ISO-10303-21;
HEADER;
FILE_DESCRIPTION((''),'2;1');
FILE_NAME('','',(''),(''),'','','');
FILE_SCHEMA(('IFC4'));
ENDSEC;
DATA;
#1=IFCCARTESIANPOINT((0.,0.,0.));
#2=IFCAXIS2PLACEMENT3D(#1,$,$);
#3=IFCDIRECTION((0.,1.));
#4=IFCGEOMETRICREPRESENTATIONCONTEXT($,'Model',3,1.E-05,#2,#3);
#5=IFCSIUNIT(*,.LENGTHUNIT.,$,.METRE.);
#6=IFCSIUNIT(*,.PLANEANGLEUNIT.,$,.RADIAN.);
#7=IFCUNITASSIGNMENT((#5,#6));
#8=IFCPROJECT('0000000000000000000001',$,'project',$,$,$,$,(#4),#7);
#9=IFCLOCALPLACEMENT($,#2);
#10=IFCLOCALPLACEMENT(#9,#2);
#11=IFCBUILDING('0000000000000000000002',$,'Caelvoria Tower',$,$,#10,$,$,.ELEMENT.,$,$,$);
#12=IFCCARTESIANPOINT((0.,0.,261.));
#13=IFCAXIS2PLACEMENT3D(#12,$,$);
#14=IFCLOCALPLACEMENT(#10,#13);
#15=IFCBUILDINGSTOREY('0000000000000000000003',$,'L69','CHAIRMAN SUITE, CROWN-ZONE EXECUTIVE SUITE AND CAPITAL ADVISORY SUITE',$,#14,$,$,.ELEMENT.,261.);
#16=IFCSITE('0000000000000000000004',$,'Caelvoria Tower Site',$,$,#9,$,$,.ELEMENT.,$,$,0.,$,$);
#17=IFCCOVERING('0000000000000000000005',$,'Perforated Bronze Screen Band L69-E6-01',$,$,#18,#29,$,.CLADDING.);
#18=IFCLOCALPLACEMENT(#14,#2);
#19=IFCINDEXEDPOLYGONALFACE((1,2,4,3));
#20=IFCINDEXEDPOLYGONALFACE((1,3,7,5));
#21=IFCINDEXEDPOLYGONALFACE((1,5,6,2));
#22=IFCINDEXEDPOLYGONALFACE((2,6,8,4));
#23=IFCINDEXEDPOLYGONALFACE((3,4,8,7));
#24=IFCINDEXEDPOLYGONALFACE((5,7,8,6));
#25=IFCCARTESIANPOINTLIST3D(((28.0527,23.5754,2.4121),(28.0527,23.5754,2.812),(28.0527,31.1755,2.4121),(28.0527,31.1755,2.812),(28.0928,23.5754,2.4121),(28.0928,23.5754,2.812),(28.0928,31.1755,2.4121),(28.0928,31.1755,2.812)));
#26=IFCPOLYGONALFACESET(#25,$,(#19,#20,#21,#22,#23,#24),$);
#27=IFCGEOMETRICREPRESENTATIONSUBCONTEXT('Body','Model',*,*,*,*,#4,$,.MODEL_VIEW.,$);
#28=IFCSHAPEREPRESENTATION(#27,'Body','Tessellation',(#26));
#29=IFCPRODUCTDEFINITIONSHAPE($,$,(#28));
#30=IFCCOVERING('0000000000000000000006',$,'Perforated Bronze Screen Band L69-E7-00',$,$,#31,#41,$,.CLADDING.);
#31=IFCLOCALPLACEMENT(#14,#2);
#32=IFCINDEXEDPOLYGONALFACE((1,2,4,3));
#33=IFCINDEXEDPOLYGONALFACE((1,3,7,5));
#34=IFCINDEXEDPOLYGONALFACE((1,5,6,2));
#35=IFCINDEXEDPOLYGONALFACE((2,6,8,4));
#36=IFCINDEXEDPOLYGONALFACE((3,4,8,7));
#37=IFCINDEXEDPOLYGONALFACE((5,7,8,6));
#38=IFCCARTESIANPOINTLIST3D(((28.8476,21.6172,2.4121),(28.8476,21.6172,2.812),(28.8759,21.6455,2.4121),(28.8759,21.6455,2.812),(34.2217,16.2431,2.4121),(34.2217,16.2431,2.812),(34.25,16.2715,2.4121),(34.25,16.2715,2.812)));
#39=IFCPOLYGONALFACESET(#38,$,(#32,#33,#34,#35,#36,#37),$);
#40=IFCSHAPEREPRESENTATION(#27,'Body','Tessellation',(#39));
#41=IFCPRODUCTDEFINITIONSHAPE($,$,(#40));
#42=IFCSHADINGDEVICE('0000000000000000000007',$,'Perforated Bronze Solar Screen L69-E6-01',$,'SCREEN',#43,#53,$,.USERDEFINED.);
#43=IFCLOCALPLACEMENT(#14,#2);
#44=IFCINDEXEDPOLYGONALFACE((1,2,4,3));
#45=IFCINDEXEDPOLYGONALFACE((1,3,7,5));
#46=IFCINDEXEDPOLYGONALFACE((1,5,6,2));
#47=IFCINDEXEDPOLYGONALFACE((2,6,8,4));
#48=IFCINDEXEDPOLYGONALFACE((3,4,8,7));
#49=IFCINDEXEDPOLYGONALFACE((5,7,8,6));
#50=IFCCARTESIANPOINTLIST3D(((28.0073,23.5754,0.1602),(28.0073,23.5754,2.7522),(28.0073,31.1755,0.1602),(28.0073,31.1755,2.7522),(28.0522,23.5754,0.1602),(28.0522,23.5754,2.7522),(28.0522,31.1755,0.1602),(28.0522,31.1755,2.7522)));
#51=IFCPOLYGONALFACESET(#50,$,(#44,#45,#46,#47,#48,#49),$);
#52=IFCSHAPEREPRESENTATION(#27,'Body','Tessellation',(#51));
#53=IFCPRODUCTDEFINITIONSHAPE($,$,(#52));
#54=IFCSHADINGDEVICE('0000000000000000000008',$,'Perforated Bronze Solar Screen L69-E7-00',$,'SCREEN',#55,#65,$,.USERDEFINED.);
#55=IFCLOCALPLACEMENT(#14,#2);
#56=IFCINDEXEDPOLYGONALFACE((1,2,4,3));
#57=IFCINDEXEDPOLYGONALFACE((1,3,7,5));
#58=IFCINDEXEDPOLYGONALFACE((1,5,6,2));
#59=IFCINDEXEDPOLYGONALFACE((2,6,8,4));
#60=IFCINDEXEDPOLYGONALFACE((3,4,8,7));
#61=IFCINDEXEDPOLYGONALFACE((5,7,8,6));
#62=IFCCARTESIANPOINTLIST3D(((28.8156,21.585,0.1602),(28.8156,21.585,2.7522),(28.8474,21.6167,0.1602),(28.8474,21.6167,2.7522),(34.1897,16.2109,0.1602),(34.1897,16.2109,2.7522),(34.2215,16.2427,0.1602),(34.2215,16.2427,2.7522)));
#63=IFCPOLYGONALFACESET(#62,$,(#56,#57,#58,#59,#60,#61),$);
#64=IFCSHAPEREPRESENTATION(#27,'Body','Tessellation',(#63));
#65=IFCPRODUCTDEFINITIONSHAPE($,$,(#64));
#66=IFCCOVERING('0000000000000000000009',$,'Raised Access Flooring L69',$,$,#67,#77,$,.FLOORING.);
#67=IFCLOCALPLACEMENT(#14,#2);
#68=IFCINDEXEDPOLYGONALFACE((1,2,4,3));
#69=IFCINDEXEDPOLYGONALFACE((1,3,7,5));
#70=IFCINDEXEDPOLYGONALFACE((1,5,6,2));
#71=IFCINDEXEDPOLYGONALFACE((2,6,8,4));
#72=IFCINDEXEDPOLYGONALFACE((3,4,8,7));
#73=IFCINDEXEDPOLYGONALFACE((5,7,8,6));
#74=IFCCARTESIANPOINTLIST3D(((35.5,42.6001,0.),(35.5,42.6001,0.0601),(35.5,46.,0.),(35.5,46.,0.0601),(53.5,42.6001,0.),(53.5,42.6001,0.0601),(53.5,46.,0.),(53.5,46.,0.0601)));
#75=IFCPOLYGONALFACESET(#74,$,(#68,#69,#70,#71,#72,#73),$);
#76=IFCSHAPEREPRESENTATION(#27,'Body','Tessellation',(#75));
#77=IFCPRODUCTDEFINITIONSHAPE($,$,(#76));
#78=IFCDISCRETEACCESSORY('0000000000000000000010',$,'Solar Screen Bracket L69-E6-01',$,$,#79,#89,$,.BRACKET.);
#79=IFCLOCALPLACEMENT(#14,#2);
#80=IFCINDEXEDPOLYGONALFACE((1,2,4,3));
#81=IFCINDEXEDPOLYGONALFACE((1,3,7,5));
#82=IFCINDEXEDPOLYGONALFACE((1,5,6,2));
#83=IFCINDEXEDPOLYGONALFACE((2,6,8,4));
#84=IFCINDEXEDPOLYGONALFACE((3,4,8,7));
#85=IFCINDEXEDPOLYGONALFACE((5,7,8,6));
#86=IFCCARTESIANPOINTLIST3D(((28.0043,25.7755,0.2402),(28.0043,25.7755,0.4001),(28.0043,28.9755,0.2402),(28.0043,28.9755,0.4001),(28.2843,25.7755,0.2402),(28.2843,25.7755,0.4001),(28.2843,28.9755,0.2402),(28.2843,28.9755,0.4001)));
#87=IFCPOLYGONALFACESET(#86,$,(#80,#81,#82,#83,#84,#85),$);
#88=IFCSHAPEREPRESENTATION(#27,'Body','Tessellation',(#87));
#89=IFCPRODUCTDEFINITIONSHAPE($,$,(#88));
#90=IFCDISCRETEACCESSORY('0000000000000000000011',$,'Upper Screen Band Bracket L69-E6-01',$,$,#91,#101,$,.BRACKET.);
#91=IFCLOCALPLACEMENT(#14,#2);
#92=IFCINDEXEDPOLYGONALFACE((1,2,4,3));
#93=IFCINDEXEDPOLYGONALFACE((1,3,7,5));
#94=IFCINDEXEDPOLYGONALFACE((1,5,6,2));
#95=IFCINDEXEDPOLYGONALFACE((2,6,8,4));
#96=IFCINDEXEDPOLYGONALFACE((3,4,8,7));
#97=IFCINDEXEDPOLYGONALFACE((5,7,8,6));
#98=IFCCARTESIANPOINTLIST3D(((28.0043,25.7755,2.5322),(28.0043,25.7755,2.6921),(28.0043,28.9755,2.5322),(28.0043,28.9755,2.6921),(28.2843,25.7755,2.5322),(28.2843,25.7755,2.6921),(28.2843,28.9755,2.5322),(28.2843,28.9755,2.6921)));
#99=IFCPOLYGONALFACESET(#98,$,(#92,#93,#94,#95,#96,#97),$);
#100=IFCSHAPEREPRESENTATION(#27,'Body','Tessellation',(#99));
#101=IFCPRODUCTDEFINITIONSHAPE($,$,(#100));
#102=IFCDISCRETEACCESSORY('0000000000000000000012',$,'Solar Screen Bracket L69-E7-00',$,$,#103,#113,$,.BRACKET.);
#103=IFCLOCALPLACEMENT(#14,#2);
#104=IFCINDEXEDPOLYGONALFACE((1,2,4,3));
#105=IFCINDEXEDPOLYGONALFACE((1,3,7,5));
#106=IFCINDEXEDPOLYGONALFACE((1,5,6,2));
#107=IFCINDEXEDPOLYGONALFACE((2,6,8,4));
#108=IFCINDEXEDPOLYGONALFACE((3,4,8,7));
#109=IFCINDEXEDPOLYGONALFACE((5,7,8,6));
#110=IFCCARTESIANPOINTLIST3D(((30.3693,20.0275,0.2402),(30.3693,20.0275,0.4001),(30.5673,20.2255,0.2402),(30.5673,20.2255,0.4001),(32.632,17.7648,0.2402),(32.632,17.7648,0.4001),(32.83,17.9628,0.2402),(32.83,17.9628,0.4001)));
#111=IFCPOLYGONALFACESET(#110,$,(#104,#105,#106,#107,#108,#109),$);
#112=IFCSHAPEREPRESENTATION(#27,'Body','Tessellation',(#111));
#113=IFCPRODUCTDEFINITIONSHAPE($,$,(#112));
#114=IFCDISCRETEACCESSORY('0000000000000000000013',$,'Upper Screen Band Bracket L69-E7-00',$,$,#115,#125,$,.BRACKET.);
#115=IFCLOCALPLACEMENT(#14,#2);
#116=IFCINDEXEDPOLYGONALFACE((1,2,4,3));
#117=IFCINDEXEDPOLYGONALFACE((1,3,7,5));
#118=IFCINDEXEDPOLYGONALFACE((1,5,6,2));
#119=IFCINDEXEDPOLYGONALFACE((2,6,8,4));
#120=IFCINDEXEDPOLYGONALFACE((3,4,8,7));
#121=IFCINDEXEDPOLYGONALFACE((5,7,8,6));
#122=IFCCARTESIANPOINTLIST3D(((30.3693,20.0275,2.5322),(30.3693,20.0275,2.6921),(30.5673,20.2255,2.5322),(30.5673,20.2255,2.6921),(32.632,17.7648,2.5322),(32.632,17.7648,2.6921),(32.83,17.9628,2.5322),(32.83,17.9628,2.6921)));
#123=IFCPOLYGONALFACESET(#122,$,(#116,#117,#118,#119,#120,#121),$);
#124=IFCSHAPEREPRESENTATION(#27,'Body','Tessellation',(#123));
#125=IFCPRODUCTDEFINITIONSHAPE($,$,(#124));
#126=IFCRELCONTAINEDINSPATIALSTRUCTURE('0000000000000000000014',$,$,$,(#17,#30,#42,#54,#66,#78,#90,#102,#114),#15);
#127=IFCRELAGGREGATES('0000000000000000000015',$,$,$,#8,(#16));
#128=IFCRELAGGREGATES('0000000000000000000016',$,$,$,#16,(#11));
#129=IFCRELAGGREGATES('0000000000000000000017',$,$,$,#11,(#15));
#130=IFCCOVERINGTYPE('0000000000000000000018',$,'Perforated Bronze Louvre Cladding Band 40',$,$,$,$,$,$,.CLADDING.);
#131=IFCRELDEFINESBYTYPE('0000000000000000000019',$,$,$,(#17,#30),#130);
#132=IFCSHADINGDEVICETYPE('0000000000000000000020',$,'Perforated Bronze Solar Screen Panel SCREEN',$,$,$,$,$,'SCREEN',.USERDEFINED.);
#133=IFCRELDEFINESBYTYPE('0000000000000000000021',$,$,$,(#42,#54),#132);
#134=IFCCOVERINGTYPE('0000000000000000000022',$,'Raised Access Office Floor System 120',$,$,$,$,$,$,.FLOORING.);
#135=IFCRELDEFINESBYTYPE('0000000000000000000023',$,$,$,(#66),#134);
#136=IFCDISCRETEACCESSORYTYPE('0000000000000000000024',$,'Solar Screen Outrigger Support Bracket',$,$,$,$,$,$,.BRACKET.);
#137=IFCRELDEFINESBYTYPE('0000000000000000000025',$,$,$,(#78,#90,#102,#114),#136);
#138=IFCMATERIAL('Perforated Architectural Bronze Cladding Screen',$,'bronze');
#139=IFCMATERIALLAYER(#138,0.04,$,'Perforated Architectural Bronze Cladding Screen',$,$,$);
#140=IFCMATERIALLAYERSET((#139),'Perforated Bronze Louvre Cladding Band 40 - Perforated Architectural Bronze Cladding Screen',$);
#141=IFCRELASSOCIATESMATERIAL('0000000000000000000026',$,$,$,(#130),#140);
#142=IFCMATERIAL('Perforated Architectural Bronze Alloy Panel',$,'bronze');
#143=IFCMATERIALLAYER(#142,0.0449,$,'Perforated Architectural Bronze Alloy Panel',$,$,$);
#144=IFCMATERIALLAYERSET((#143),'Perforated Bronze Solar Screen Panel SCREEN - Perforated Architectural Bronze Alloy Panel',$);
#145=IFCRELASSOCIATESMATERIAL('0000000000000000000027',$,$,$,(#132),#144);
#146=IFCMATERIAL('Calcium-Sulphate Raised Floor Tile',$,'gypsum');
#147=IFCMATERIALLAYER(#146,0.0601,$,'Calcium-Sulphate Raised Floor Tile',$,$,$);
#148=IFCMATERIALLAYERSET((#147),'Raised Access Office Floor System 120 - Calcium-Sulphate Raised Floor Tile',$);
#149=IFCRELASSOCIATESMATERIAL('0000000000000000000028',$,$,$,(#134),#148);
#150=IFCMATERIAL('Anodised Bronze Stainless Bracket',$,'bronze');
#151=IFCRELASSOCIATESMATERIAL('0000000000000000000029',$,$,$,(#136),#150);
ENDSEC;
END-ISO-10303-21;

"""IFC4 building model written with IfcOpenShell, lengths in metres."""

from ifc_helpers import new_model, si_unit, direction, frame, origin, origin_2d, place, context, subcontext, project, spatial, polyline, rectangle, outline, extrude, material, layer, layer_set, type_object, element, save


model = new_model("IFC4")

# Units and contexts
model_context = context("Model", 3, precision=1e-05, world=origin(), true_north=direction((0.0, 1.0)))
body_context = subcontext(model_context, "Body", "Model", "MODEL_VIEW")
ifc_project = project(units=[si_unit("LENGTHUNIT", "METRE"), si_unit("PLANEANGLEUNIT", "RADIAN")], contexts=[model_context])

# Site, building, storey
site_placement = place(None, origin())
site = spatial("IfcSite", under=ifc_project, at=site_placement, Name="Caelvoria Tower Site", CompositionType="ELEMENT", RefElevation=0.0)
building_placement = place(site_placement, origin())
building = spatial("IfcBuilding", under=site, at=building_placement, Name="Caelvoria Tower", CompositionType="ELEMENT")
storey_placement = place(building_placement, frame((0.0, 0.0, 261.0)))
storey = spatial("IfcBuildingStorey", under=building, at=storey_placement, Name="L69", Description="CHAIRMAN SUITE, CROWN-ZONE EXECUTIVE SUITE AND CAPITAL ADVISORY SUITE", CompositionType="ELEMENT", Elevation=261.0)

# Coverings
ifc_material_1 = material(Name="Perforated Architectural Bronze Cladding Screen", Category="bronze")
ifc_layer_1 = layer(ifc_material_1, 0.04, Name="Perforated Architectural Bronze Cladding Screen")
ifc_layer_set_1 = layer_set([ifc_layer_1], Name="Perforated Bronze Louvre Cladding Band 40 - Perforated Architectural Bronze Cladding Screen")
covering_type_1 = type_object("IfcCoveringType", Name="Perforated Bronze Louvre Cladding Band 40", PredefinedType="CLADDING", material=ifc_layer_set_1)
for number, where, z_axis, x_axis, name in (
    (1, (28.0728, 27.3755, 2.4121), (0.0, 0.0, 1.0), (0.0, -1.0, 0.0), "Perforated Bronze Screen Band L69-E6-01"),
    (2, (31.5488, 18.9443, 2.4121), (0.0, 0.0, 1.0), (0.707107, -0.707107, 0.0), "Perforated Bronze Screen Band L69-E7-00"),
):
    element("IfcCovering", number, at=place(storey_placement, frame(where, z_axis=z_axis, x_axis=x_axis)), inside=storey, type_object=covering_type_1, Name=name, PredefinedType="CLADDING", context=body_context, shape_type="SweptSolid", body=[
        extrude(rectangle(XDim=7.6001, YDim=0.04, at=origin_2d()), origin(), (0.0, 0.0, 1.0), 0.3999),
    ])

# Shading devices
ifc_material_2 = material(Name="Perforated Architectural Bronze Alloy Panel", Category="bronze")
ifc_layer_2 = layer(ifc_material_2, 0.0449, Name="Perforated Architectural Bronze Alloy Panel")
ifc_layer_set_2 = layer_set([ifc_layer_2], Name="Perforated Bronze Solar Screen Panel SCREEN - Perforated Architectural Bronze Alloy Panel")
shading_device_type = type_object("IfcShadingDeviceType", Name="Perforated Bronze Solar Screen Panel SCREEN", ElementType="SCREEN", PredefinedType="USERDEFINED", material=ifc_layer_set_2)
for number, where, z_axis, x_axis, name in (
    (3, (28.0298, 27.3755, 0.1602), (0.0, 0.0, 1.0), (0.0, -1.0, 0.0), "Perforated Bronze Solar Screen L69-E6-01"),
    (4, (31.5186, 18.9138, 0.1602), (0.0, 0.0, 1.0), (0.707107, -0.707107, 0.0), "Perforated Bronze Solar Screen L69-E7-00"),
):
    element("IfcShadingDevice", number, at=place(storey_placement, frame(where, z_axis=z_axis, x_axis=x_axis)), inside=storey, type_object=shading_device_type, Name=name, ObjectType="SCREEN", PredefinedType="USERDEFINED", context=body_context, shape_type="SweptSolid", body=[
        extrude(rectangle(XDim=7.6001, YDim=0.0449, at=origin_2d()), origin(), (0.0, 0.0, 1.0), 2.592),
    ])

# Covering
ifc_material_3 = material(Name="Calcium-Sulphate Raised Floor Tile", Category="gypsum")
ifc_layer_3 = layer(ifc_material_3, 0.0601, Name="Calcium-Sulphate Raised Floor Tile")
ifc_layer_set_3 = layer_set([ifc_layer_3], Name="Raised Access Office Floor System 120 - Calcium-Sulphate Raised Floor Tile")
covering_type_2 = type_object("IfcCoveringType", Name="Raised Access Office Floor System 120", PredefinedType="FLOORING", material=ifc_layer_set_3)
covering_1_placement = place(storey_placement, origin())
element("IfcCovering", 5, at=covering_1_placement, inside=storey, type_object=covering_type_2, Name="Raised Access Flooring L69", PredefinedType="FLOORING", context=body_context, shape_type="SweptSolid", body=[
    extrude(outline(polyline([(35.5, 42.6001), (53.5, 42.6001), (53.5, 46.0), (35.5, 46.0), (35.5, 42.6001)])), origin(), (0.0, 0.0, 1.0), 0.0601),
])

# Discrete accessories
ifc_material_4 = material(Name="Anodised Bronze Stainless Bracket", Category="bronze")
discrete_accessory_type = type_object("IfcDiscreteAccessoryType", Name="Solar Screen Outrigger Support Bracket", PredefinedType="BRACKET", material=ifc_material_4)
for number, where, z_axis, x_axis, name in (
    (6, (28.1443, 27.3755, 0.2402), (0.0, 0.0, 1.0), (0.0, -1.0, 0.0), "Solar Screen Bracket L69-E6-01"),
    (7, (28.1443, 27.3755, 2.5322), (0.0, 0.0, 1.0), (0.0, -1.0, 0.0), "Upper Screen Band Bracket L69-E6-01"),
    (8, (31.5996, 18.9951, 0.2402), (0.0, 0.0, 1.0), (0.707107, -0.707107, 0.0), "Solar Screen Bracket L69-E7-00"),
    (9, (31.5996, 18.9951, 2.5322), (0.0, 0.0, 1.0), (0.707107, -0.707107, 0.0), "Upper Screen Band Bracket L69-E7-00"),
):
    element("IfcDiscreteAccessory", number, at=place(storey_placement, frame(where, z_axis=z_axis, x_axis=x_axis)), inside=storey, type_object=discrete_accessory_type, Name=name, PredefinedType="BRACKET", context=body_context, shape_type="SweptSolid", body=[
        extrude(rectangle(XDim=3.2, YDim=0.28, at=origin_2d()), origin(), (0.0, 0.0, 1.0), 0.1599),
    ])

save(model, "model.ifc")
